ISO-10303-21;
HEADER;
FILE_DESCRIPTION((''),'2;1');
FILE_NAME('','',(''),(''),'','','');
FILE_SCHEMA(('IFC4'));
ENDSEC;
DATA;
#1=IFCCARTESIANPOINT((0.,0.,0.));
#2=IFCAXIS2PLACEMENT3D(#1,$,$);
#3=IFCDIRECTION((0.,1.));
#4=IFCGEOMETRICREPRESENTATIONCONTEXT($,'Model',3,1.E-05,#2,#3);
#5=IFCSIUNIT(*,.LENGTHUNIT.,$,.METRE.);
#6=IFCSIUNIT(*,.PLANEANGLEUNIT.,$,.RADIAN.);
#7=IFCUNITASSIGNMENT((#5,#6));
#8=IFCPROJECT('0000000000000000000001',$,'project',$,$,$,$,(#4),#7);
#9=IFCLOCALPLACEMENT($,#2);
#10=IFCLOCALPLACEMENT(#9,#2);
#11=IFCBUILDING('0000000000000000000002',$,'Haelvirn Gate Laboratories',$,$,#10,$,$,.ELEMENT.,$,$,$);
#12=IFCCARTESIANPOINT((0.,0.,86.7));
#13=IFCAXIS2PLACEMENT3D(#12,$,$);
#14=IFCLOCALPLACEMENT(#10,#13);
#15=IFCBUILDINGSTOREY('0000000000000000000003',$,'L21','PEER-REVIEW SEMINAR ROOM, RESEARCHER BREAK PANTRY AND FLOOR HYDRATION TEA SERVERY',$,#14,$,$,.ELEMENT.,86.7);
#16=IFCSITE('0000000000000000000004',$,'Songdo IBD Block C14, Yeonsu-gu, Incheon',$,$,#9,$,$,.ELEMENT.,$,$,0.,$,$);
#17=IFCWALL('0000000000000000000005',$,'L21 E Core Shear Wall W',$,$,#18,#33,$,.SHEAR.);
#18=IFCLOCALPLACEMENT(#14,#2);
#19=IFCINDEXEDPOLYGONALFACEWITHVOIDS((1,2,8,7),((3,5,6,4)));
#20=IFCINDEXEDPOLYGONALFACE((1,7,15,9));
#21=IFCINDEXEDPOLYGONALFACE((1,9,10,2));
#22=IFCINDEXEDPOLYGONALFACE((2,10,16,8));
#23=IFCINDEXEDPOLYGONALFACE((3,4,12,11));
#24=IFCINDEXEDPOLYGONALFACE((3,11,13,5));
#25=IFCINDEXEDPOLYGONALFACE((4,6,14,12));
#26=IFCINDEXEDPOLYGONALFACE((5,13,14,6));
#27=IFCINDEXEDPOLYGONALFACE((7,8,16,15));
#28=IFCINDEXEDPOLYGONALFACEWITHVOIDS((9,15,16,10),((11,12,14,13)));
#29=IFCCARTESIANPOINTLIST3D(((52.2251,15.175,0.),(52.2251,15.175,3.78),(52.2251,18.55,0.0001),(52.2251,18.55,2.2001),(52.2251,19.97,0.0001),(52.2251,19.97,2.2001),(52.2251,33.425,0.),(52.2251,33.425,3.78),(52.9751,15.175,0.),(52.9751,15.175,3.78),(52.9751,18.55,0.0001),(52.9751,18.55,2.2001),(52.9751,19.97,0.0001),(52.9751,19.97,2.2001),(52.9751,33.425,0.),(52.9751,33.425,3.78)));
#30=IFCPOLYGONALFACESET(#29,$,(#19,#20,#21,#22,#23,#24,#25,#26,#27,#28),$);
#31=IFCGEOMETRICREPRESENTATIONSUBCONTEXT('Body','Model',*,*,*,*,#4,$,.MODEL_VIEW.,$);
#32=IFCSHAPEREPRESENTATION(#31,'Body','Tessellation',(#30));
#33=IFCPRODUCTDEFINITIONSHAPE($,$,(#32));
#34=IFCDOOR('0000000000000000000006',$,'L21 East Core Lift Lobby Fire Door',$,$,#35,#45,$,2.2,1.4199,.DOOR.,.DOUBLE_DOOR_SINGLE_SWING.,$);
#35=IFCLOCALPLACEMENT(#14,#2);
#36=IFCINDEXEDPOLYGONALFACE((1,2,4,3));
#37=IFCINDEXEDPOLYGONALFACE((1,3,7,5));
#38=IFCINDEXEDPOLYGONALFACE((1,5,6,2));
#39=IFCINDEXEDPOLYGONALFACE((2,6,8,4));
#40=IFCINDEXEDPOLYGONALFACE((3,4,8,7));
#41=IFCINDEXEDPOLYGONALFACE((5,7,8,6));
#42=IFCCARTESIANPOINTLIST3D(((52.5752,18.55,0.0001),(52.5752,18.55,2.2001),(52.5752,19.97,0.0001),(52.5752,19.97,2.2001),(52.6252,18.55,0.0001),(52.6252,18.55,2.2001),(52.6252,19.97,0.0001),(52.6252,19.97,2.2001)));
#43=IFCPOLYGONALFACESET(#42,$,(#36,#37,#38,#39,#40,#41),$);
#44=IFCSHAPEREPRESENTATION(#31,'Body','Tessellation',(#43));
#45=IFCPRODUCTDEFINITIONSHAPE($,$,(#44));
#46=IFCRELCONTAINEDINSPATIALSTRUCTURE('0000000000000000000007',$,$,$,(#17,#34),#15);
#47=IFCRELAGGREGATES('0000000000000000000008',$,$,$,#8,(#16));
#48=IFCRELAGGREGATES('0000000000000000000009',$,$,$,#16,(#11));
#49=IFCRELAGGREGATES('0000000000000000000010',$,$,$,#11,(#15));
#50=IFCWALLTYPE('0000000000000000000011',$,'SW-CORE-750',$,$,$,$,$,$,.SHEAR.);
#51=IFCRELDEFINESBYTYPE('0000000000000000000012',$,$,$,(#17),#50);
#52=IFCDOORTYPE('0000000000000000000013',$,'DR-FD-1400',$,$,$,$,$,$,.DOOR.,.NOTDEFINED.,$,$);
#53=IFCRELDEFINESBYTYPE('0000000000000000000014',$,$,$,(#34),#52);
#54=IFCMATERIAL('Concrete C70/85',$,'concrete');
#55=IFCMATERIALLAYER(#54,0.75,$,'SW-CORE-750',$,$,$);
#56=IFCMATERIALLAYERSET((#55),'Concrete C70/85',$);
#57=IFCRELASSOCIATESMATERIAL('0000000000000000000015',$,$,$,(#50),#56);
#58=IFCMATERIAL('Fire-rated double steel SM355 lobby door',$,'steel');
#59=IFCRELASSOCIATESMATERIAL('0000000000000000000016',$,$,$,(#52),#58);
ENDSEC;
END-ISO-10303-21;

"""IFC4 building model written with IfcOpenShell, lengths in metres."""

from ifc_helpers import new_model, si_unit, direction, frame, frame_2d, origin, place, context, subcontext, project, spatial, rectangle, extrude, source, transform, mapped, material, layer, layer_set, type_object, type_shapes, element, fill, save


model = new_model("IFC4")

# Units and contexts
model_context = context("Model", 3, precision=1e-05, world=origin(), true_north=direction((0.0, 1.0)))
body_context = subcontext(model_context, "Body", "Model", "MODEL_VIEW")
ifc_project = project(units=[si_unit("LENGTHUNIT", "METRE"), si_unit("PLANEANGLEUNIT", "RADIAN")], contexts=[model_context])

# Site, building, storey
site_placement = place(None, origin())
site = spatial("IfcSite", under=ifc_project, at=site_placement, Name="Songdo IBD Block C14, Yeonsu-gu, Incheon", CompositionType="ELEMENT", RefElevation=0.0)
building_placement = place(site_placement, origin())
building = spatial("IfcBuilding", under=site, at=building_placement, Name="Haelvirn Gate Laboratories", CompositionType="ELEMENT")
storey_placement = place(building_placement, frame((0.0, 0.0, 86.7)))
storey = spatial("IfcBuildingStorey", under=building, at=storey_placement, Name="L21", Description="PEER-REVIEW SEMINAR ROOM, RESEARCHER BREAK PANTRY AND FLOOR HYDRATION TEA SERVERY", CompositionType="ELEMENT", Elevation=86.7)

# Shared definitions
ifc_material_1 = material(Name="Concrete C70/85", Category="concrete")

# Shared definitions
ifc_layer_1 = layer(ifc_material_1, 0.75, Name="SW-CORE-750")
ifc_layer_set_1 = layer_set([ifc_layer_1], Name="Concrete C70/85")
wall_type_1 = type_object("IfcWallType", Name="SW-CORE-750", PredefinedType="SHEAR", material=ifc_layer_set_1)

# Wall, opening, door
wall_1_placement = place(storey_placement, frame((52.6001, 15.175, 0.0), z_axis=(0.0, 0.0, 1.0), x_axis=(0.0, 1.0, 0.0)))
wall_1 = element("IfcWall", 1, at=wall_1_placement, inside=storey, type_object=wall_type_1, Name="L21 E Core Shear Wall W", PredefinedType="SHEAR", context=body_context, shape_type="SweptSolid", body=[
    extrude(rectangle(XDim=18.25, YDim=0.75, at=frame_2d((9.125, 0.0))), origin(), (0.0, 0.0, 1.0), 3.78),
])
opening_1_placement = place(wall_1_placement, frame((3.375, 0.0, 0.0)))
opening_1 = element("IfcOpeningElement", 2, at=opening_1_placement, cuts=wall_1, PredefinedType="OPENING", context=body_context, shape_type="SweptSolid", body=[
    extrude(rectangle(XDim=1.4199, YDim=2.2, at=frame_2d((0.71, 1.1001))), frame((0.0, 0.385, 0.0), z_axis=(0.0, -1.0, 0.0), x_axis=(1.0, 0.0, 0.0)), (0.0, 0.0, 1.0), 0.77),
])
ifc_material_2 = material(Name="Fire-rated double steel SM355 lobby door", Category="steel")
door_type_1 = type_object("IfcDoorType", Name="DR-FD-1400", OperationType="NOTDEFINED", PredefinedType="DOOR", material=ifc_material_2)
shared_shape_1 = source(origin(), body_context, "Body", "SweptSolid", [
    extrude(rectangle(XDim=1.4199, YDim=2.2, at=frame_2d((0.71, 1.1001))), frame((0.0, 0.0249, 0.0), z_axis=(0.0, -1.0, 0.0), x_axis=(1.0, 0.0, 0.0)), (0.0, 0.0, 1.0), 0.05),
])
type_shapes(door_type_1, [shared_shape_1])
door_1_placement = place(opening_1_placement, origin())
door_1 = element("IfcDoor", 3, at=door_1_placement, inside=storey, type_object=door_type_1, Name="L21 East Core Lift Lobby Fire Door", OperationType="DOUBLE_DOOR_SINGLE_SWING", OverallHeight=2.2, OverallWidth=1.4199, PredefinedType="DOOR", context=body_context, shape_type="MappedRepresentation", body=[
    mapped(shared_shape_1, transform((0.0, 0.0, 0.0), scale=1.0)),
])
fill(opening_1, door_1)

save(model, "model.ifc")
